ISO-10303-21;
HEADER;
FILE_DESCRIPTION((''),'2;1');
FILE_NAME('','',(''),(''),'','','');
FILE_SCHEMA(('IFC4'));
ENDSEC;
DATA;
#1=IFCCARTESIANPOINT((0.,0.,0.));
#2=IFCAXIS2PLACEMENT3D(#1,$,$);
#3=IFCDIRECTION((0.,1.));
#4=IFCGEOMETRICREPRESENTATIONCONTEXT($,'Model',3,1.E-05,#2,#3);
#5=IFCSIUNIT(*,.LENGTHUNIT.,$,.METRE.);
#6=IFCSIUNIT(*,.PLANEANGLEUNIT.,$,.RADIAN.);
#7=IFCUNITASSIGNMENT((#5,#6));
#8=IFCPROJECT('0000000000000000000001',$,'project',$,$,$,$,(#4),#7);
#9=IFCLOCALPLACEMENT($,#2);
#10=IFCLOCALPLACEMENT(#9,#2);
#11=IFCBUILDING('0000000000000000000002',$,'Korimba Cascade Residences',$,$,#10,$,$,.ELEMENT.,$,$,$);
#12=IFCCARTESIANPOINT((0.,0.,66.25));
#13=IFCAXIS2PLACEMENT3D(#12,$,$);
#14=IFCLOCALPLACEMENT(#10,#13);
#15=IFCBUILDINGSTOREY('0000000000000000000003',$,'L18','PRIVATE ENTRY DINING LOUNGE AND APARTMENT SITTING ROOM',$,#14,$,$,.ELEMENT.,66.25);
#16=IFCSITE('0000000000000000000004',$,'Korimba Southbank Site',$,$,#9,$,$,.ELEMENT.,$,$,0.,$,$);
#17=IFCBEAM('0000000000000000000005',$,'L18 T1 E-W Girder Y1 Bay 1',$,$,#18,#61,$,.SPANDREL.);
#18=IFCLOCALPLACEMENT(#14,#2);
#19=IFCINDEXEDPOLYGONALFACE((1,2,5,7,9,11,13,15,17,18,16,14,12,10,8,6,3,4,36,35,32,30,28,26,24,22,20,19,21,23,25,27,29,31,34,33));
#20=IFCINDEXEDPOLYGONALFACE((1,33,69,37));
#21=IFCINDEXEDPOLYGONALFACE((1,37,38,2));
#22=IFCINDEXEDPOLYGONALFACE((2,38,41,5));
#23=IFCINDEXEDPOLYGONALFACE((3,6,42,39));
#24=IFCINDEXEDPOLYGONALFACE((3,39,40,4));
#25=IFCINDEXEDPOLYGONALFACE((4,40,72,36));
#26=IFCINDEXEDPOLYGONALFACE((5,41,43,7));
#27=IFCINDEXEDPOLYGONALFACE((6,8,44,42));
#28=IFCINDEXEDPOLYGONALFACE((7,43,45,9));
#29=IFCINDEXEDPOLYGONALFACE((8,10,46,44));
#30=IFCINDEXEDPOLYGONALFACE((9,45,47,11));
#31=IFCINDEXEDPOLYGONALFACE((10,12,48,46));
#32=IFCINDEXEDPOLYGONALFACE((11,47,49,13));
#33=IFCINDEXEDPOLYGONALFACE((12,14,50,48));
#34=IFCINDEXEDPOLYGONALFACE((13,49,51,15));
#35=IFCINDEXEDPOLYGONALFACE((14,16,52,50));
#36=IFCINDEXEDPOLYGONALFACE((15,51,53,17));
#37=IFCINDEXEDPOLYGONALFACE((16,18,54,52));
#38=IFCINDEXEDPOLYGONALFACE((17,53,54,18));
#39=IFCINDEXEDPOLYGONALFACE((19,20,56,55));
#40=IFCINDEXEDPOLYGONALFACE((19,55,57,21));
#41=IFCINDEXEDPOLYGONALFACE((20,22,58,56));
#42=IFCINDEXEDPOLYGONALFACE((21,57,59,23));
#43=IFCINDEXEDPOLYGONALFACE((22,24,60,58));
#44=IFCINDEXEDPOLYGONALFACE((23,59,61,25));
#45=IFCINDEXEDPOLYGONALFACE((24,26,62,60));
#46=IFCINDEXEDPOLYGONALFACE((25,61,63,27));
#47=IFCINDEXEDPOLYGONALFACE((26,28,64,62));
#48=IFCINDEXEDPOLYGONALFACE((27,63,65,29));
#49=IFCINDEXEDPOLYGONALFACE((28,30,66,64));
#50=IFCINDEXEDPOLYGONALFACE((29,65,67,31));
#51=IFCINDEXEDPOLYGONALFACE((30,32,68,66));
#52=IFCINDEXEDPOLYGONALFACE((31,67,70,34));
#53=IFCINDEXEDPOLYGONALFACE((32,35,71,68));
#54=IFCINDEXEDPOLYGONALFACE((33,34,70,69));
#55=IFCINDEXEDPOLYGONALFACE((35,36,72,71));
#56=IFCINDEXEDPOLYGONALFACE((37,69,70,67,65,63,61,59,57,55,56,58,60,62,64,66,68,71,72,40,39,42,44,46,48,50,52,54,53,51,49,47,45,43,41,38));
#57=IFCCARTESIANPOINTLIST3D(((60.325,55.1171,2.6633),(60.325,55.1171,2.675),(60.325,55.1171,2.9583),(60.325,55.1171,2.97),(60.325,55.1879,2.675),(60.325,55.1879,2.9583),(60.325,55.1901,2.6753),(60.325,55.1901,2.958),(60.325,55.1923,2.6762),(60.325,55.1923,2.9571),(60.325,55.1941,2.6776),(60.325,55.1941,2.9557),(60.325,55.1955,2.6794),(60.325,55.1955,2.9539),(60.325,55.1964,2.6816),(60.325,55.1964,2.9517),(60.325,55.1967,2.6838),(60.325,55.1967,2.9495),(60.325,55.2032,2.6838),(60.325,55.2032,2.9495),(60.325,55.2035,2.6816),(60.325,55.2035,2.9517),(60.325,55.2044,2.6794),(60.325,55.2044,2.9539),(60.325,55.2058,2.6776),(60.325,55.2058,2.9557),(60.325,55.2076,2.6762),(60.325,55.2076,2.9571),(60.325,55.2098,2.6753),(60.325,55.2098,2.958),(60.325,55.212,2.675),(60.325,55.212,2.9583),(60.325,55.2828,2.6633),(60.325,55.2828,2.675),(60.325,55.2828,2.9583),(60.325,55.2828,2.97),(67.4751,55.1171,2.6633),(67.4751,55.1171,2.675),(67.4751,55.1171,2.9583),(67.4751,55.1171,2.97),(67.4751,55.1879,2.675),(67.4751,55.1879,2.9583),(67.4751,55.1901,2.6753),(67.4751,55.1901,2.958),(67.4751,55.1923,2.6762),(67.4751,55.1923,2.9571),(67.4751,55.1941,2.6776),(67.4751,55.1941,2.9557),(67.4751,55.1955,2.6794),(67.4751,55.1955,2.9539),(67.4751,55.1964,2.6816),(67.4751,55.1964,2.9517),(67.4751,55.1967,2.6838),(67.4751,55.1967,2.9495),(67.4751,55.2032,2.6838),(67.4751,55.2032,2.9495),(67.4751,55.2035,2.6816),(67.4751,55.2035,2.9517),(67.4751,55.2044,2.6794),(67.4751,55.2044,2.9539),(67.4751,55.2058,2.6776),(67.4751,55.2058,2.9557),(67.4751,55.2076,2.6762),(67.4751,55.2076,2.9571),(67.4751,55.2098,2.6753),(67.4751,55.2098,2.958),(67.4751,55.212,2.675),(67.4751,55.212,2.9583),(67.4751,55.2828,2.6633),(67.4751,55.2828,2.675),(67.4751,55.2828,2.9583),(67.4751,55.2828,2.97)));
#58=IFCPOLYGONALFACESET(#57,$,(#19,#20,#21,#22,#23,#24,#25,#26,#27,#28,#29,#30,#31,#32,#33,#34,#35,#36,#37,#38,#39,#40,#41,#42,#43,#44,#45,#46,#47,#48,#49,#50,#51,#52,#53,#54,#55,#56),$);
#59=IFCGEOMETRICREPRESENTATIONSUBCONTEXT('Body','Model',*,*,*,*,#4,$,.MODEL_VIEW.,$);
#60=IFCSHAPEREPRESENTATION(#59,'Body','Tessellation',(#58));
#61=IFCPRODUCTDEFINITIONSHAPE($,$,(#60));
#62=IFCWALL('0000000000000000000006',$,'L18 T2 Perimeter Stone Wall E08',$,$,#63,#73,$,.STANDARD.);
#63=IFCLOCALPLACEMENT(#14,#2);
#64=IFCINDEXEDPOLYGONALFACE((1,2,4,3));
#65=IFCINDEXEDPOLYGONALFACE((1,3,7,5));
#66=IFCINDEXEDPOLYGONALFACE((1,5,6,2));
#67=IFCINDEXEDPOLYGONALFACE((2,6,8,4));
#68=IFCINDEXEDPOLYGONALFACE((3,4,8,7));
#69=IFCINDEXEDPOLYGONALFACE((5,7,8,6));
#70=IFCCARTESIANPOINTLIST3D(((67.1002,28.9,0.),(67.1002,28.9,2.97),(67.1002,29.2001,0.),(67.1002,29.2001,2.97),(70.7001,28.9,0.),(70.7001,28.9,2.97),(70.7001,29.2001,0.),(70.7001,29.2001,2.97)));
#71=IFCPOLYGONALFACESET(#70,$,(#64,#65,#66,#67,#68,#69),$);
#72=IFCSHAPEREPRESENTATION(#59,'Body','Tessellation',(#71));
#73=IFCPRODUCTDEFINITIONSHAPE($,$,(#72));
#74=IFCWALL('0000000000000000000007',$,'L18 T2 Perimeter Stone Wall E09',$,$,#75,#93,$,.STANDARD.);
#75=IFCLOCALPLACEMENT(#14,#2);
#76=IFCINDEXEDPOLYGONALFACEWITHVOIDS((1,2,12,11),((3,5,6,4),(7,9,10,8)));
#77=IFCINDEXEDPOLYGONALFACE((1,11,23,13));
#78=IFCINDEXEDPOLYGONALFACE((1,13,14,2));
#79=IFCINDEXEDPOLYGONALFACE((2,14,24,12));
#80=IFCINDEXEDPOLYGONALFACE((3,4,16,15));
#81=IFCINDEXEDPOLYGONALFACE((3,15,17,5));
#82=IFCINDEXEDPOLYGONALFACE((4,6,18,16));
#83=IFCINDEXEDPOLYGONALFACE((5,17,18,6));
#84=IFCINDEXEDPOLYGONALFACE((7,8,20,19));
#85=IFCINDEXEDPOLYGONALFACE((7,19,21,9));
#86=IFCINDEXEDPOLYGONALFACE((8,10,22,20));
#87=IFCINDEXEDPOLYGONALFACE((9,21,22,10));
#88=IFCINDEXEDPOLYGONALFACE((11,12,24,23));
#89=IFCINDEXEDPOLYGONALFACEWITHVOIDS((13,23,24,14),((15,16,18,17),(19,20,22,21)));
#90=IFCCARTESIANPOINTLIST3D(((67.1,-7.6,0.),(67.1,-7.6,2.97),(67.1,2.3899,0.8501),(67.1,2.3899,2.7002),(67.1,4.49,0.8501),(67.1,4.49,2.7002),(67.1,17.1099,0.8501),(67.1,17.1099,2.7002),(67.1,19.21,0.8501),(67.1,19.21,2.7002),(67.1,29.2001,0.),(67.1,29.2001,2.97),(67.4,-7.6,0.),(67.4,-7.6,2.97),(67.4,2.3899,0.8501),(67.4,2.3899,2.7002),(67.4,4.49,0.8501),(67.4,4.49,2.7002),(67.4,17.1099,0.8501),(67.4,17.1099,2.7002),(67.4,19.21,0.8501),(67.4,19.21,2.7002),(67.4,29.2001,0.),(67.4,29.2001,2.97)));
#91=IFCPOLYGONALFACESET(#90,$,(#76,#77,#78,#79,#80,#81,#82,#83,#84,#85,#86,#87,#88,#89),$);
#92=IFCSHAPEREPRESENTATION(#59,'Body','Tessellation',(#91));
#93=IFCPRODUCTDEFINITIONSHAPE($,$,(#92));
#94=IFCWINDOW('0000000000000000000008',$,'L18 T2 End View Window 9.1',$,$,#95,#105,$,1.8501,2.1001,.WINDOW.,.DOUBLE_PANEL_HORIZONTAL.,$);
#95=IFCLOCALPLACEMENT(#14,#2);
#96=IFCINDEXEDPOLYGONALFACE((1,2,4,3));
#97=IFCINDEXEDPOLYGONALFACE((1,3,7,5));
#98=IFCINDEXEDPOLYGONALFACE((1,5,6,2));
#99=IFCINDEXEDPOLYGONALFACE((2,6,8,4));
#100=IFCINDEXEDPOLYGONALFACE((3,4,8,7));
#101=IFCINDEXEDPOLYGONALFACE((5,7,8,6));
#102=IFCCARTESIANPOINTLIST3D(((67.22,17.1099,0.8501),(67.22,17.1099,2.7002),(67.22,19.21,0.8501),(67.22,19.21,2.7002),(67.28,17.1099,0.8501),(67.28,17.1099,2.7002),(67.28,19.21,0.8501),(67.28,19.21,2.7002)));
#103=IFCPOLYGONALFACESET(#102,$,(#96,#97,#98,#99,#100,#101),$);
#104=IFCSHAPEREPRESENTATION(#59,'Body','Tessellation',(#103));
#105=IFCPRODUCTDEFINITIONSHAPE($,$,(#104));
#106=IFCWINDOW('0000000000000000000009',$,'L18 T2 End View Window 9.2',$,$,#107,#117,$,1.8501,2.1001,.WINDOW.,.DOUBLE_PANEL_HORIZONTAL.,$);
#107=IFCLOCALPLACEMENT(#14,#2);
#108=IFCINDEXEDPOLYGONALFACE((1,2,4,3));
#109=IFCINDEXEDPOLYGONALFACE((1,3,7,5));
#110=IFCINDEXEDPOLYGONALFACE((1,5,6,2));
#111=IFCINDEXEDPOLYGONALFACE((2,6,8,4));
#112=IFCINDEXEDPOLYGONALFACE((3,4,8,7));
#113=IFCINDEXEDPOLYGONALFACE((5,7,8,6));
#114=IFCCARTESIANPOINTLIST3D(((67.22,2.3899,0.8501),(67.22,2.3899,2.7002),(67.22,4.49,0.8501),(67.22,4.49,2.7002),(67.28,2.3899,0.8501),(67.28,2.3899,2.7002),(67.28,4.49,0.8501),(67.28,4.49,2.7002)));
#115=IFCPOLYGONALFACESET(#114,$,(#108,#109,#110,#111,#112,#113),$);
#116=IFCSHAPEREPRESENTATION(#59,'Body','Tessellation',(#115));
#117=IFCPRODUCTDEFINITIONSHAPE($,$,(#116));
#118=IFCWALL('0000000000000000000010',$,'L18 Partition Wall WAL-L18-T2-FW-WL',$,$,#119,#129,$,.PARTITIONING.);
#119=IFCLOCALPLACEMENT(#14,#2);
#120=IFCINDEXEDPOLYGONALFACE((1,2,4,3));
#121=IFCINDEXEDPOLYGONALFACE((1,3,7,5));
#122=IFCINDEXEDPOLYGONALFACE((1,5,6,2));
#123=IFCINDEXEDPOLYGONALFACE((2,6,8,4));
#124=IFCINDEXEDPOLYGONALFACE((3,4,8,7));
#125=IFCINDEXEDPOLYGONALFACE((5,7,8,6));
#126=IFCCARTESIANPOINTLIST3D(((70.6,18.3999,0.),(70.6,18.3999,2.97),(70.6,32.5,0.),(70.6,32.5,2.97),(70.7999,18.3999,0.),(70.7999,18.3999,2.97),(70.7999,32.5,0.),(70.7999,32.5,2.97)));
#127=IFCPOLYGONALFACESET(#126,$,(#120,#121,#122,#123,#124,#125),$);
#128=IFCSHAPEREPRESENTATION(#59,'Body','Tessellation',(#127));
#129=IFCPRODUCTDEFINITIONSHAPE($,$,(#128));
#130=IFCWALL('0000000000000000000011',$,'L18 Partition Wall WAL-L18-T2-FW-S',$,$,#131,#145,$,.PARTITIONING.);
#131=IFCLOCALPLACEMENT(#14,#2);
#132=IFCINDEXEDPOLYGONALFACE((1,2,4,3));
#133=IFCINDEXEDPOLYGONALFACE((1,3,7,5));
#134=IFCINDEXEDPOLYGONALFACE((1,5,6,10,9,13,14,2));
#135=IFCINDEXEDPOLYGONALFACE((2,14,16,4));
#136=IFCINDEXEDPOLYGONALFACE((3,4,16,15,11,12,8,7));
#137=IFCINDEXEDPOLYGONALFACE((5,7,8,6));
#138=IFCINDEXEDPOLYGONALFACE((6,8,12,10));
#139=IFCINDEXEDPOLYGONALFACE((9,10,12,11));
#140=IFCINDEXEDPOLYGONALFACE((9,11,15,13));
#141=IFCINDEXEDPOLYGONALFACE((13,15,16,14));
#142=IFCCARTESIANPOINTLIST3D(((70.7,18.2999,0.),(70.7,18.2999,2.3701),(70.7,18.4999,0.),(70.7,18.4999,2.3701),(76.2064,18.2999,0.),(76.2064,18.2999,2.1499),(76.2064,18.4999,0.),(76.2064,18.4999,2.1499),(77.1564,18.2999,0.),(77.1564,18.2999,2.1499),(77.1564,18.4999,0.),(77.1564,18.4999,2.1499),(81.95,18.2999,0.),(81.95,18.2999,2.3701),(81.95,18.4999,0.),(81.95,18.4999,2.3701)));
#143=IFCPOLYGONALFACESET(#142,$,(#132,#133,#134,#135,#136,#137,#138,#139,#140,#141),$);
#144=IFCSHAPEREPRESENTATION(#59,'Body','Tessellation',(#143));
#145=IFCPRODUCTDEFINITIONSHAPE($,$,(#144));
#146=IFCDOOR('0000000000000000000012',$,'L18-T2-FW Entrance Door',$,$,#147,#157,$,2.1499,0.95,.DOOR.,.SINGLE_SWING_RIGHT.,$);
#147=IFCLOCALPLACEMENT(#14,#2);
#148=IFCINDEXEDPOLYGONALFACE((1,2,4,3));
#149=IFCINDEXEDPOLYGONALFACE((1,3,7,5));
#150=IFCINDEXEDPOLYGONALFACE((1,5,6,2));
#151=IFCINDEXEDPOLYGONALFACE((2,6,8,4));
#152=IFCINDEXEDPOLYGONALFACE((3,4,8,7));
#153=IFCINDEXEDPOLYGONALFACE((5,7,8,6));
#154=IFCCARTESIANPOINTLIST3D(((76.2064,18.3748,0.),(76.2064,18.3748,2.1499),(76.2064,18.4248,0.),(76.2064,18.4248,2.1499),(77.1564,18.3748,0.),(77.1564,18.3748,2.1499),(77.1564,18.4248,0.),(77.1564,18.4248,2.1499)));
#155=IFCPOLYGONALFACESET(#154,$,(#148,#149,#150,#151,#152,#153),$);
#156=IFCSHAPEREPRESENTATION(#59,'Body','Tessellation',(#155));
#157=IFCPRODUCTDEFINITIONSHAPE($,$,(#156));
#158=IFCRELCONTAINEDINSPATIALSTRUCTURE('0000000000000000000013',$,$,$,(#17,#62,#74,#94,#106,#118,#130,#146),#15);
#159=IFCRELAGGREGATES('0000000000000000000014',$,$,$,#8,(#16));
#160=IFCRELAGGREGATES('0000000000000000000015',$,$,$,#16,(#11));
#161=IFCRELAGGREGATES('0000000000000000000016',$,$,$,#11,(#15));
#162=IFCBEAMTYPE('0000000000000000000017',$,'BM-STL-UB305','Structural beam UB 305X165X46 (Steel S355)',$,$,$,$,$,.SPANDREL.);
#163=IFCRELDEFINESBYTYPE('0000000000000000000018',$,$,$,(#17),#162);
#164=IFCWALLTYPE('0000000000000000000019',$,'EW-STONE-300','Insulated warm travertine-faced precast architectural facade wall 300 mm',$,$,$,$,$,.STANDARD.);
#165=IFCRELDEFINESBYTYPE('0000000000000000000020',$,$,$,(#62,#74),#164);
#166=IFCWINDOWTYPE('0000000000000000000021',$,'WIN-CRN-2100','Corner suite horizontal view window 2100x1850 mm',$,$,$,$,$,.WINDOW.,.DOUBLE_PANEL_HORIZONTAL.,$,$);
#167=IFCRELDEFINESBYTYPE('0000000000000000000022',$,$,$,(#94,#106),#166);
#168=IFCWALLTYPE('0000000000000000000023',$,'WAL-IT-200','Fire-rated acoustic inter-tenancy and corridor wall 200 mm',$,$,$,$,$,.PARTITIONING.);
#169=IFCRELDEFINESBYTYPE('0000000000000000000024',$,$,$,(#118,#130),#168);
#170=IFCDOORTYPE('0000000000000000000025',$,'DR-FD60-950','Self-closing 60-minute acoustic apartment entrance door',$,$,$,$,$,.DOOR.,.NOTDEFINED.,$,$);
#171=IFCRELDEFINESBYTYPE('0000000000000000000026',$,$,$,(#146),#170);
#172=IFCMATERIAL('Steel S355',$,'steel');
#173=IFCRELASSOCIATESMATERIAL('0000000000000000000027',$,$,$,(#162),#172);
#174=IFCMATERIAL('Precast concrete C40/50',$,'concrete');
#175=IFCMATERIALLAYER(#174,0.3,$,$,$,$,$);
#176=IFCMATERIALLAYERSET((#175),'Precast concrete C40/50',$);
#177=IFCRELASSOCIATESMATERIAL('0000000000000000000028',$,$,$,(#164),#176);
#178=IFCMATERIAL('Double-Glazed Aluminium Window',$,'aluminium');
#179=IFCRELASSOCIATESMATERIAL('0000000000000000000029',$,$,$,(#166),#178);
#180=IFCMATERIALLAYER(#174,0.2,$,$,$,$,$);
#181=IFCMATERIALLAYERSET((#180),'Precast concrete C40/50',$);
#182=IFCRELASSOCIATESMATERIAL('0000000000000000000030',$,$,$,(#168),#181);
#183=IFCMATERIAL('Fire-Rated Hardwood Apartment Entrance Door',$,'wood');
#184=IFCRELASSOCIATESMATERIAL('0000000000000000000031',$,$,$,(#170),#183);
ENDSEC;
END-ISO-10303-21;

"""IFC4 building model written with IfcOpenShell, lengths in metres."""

from ifc_helpers import new_model, si_unit, direction, frame, frame_2d, origin, origin_2d, place, context, subcontext, project, spatial, rectangle, i_section, extrude, material, layer, layer_set, material_profile, profile_set, type_object, element, fill, save


model = new_model("IFC4")

# Units and contexts
model_context = context("Model", 3, precision=1e-05, world=origin(), true_north=direction((0.0, 1.0)))
body_context = subcontext(model_context, "Body", "Model", "MODEL_VIEW")
ifc_project = project(units=[si_unit("LENGTHUNIT", "METRE"), si_unit("PLANEANGLEUNIT", "RADIAN")], contexts=[model_context])

# Site, building, storey
site_placement = place(None, origin())
site = spatial("IfcSite", under=ifc_project, at=site_placement, Name="Korimba Southbank Site", CompositionType="ELEMENT", RefElevation=0.0)
building_placement = place(site_placement, origin())
building = spatial("IfcBuilding", under=site, at=building_placement, Name="Korimba Cascade Residences", CompositionType="ELEMENT")
storey_placement = place(building_placement, frame((0.0, 0.0, 66.25)))
storey = spatial("IfcBuildingStorey", under=building, at=storey_placement, Name="L18", Description="PRIVATE ENTRY DINING LOUNGE AND APARTMENT SITTING ROOM", CompositionType="ELEMENT", Elevation=66.25)

# Beam
ifc_material_1 = material(Name="Steel S355", Category="steel")
ifc_material_profile = material_profile(ifc_material_1, i_section(OverallWidth=0.1658, OverallDepth=0.3066, WebThickness=0.0066, FlangeThickness=0.0117, FilletRadius=0.0088, at=origin_2d()), Name="Steel S355")
ifc_profile_set = profile_set([ifc_material_profile], Name="Steel S355")
beam_type = type_object("IfcBeamType", Name="BM-STL-UB305", Description="Structural beam UB 305X165X46 (Steel S355)", PredefinedType="SPANDREL", material=ifc_profile_set)
beam_placement = place(storey_placement, frame((60.325, 55.2, 2.8167), z_axis=(1.0, 0.0, 0.0), x_axis=(0.0, 1.0, 0.0)))
element("IfcBeam", 1, at=beam_placement, inside=storey, type_object=beam_type, Name="L18 T1 E-W Girder Y1 Bay 1", PredefinedType="SPANDREL", context=body_context, shape_type="SweptSolid", body=[
    extrude(i_section(OverallWidth=0.1658, OverallDepth=0.3066, WebThickness=0.0066, FlangeThickness=0.0117, FilletRadius=0.0088, at=origin_2d()), origin(), (0.0, 0.0, 1.0), 7.1501),
])

# Wall
ifc_material_2 = material(Name="Precast concrete C40/50", Category="concrete")
ifc_layer_1 = layer(ifc_material_2, 0.3)
ifc_layer_set_1 = layer_set([ifc_layer_1], Name="Precast concrete C40/50")
wall_type_1 = type_object("IfcWallType", Name="EW-STONE-300", Description="Insulated warm travertine-faced precast architectural facade wall 300 mm", PredefinedType="STANDARD", material=ifc_layer_set_1)
wall_1_placement = place(storey_placement, frame((70.7, 29.05, 0.0), z_axis=(0.0, 0.0, 1.0), x_axis=(-1.0, 0.0, 0.0)))
element("IfcWall", 2, at=wall_1_placement, inside=storey, type_object=wall_type_1, Name="L18 T2 Perimeter Stone Wall E08", PredefinedType="STANDARD", context=body_context, shape_type="SweptSolid", body=[
    extrude(rectangle(XDim=3.5999, YDim=0.3, at=frame_2d((1.7998, 0.0))), origin(), (0.0, 0.0, 1.0), 2.97),
])

# Wall, openings, windows
wall_2_placement = place(storey_placement, frame((67.25, 29.2, 0.0), z_axis=(0.0, 0.0, 1.0), x_axis=(0.0, -1.0, 0.0)))
wall_2 = element("IfcWall", 3, at=wall_2_placement, inside=storey, type_object=wall_type_1, Name="L18 T2 Perimeter Stone Wall E09", PredefinedType="STANDARD", context=body_context, shape_type="SweptSolid", body=[
    extrude(rectangle(XDim=36.8, YDim=0.3, at=frame_2d((18.3999, 0.0))), origin(), (0.0, 0.0, 1.0), 2.97),
])
opening_1_placement = place(wall_2_placement, frame((9.99, 0.0, 0.8501)))
opening_1 = element("IfcOpeningElement", 4, at=opening_1_placement, cuts=wall_2, PredefinedType="OPENING", context=body_context, shape_type="SweptSolid", body=[
    extrude(rectangle(XDim=2.1001, YDim=1.8501, at=frame_2d((1.05, 0.925))), frame((0.0, 0.1602, 0.0), z_axis=(0.0, -1.0, 0.0), x_axis=(1.0, 0.0, 0.0)), (0.0, 0.0, 1.0), 0.3201),
])
opening_2_placement = place(wall_2_placement, frame((24.71, 0.0, 0.8501)))
opening_2 = element("IfcOpeningElement", 5, at=opening_2_placement, cuts=wall_2, PredefinedType="OPENING", context=body_context, shape_type="SweptSolid", body=[
    extrude(rectangle(XDim=2.1001, YDim=1.8501, at=frame_2d((1.05, 0.925))), frame((0.0, 0.1602, 0.0), z_axis=(0.0, -1.0, 0.0), x_axis=(1.0, 0.0, 0.0)), (0.0, 0.0, 1.0), 0.3201),
])
ifc_material_3 = material(Name="Double-Glazed Aluminium Window", Category="aluminium")
window_type = type_object("IfcWindowType", Name="WIN-CRN-2100", Description="Corner suite horizontal view window 2100x1850 mm", PartitioningType="DOUBLE_PANEL_HORIZONTAL", PredefinedType="WINDOW", material=ifc_material_3)
window_1_placement = place(opening_1_placement, origin())
window_1 = element("IfcWindow", 6, at=window_1_placement, inside=storey, type_object=window_type, Name="L18 T2 End View Window 9.1", OverallHeight=1.8501, OverallWidth=2.1001, PartitioningType="DOUBLE_PANEL_HORIZONTAL", PredefinedType="WINDOW", context=body_context, shape_type="SweptSolid", body=[
    extrude(rectangle(XDim=2.1001, YDim=1.8501, at=frame_2d((1.05, 0.925))), frame((0.0, 0.03, 0.0), z_axis=(0.0, -1.0, 0.0), x_axis=(1.0, 0.0, 0.0)), (0.0, 0.0, 1.0), 0.0601),
])
fill(opening_1, window_1)
window_2_placement = place(opening_2_placement, origin())
window_2 = element("IfcWindow", 7, at=window_2_placement, inside=storey, type_object=window_type, Name="L18 T2 End View Window 9.2", OverallHeight=1.8501, OverallWidth=2.1001, PartitioningType="DOUBLE_PANEL_HORIZONTAL", PredefinedType="WINDOW", context=body_context, shape_type="SweptSolid", body=[
    extrude(rectangle(XDim=2.1001, YDim=1.8501, at=frame_2d((1.05, 0.925))), frame((0.0, 0.03, 0.0), z_axis=(0.0, -1.0, 0.0), x_axis=(1.0, 0.0, 0.0)), (0.0, 0.0, 1.0), 0.0601),
])
fill(opening_2, window_2)

# Wall
ifc_layer_2 = layer(ifc_material_2, 0.2)
ifc_layer_set_2 = layer_set([ifc_layer_2], Name="Precast concrete C40/50")
wall_type_2 = type_object("IfcWallType", Name="WAL-IT-200", Description="Fire-rated acoustic inter-tenancy and corridor wall 200 mm", PredefinedType="PARTITIONING", material=ifc_layer_set_2)
wall_3_placement = place(storey_placement, frame((70.7, 18.3999, 0.0), z_axis=(0.0, 0.0, 1.0), x_axis=(0.0, 1.0, 0.0)))
element("IfcWall", 8, at=wall_3_placement, inside=storey, type_object=wall_type_2, Name="L18 Partition Wall WAL-L18-T2-FW-WL", PredefinedType="PARTITIONING", context=body_context, shape_type="SweptSolid", body=[
    extrude(rectangle(XDim=14.1001, YDim=0.2, at=frame_2d((7.05, 0.0))), origin(), (0.0, 0.0, 1.0), 2.97),
])

# Wall, opening, door
wall_4_placement = place(storey_placement, frame((70.7, 18.3999, 0.0), z_axis=(0.0, 0.0, 1.0), x_axis=(1.0, 0.0, 0.0)))
wall_4 = element("IfcWall", 9, at=wall_4_placement, inside=storey, type_object=wall_type_2, Name="L18 Partition Wall WAL-L18-T2-FW-S", PredefinedType="PARTITIONING", context=body_context, shape_type="SweptSolid", body=[
    extrude(rectangle(XDim=11.25, YDim=0.2, at=frame_2d((5.625, 0.0))), origin(), (0.0, 0.0, 1.0), 2.3701),
])
opening_3_placement = place(wall_4_placement, frame((5.5063, 0.0, 0.0)))
opening_3 = element("IfcOpeningElement", 10, at=opening_3_placement, cuts=wall_4, PredefinedType="OPENING", context=body_context, shape_type="SweptSolid", body=[
    extrude(rectangle(XDim=0.95, YDim=2.1499, at=frame_2d((0.4751, 1.075))), frame((0.0, 0.1099, 0.0), z_axis=(0.0, -1.0, 0.0), x_axis=(1.0, 0.0, 0.0)), (0.0, 0.0, 1.0), 0.22),
])
ifc_material_4 = material(Name="Fire-Rated Hardwood Apartment Entrance Door", Category="wood")
door_type_1 = type_object("IfcDoorType", Name="DR-FD60-950", Description="Self-closing 60-minute acoustic apartment entrance door", OperationType="NOTDEFINED", PredefinedType="DOOR", material=ifc_material_4)
door_1_placement = place(opening_3_placement, origin())
door_1 = element("IfcDoor", 11, at=door_1_placement, inside=storey, type_object=door_type_1, Name="L18-T2-FW Entrance Door", OperationType="SINGLE_SWING_RIGHT", OverallHeight=2.1499, OverallWidth=0.95, PredefinedType="DOOR", context=body_context, shape_type="SweptSolid", body=[
    extrude(rectangle(XDim=0.95, YDim=2.1499, at=frame_2d((0.4751, 1.075))), frame((0.0, 0.0249, 0.0), z_axis=(0.0, -1.0, 0.0), x_axis=(1.0, 0.0, 0.0)), (0.0, 0.0, 1.0), 0.05),
])
fill(opening_3, door_1)

save(model, "model.ifc")
